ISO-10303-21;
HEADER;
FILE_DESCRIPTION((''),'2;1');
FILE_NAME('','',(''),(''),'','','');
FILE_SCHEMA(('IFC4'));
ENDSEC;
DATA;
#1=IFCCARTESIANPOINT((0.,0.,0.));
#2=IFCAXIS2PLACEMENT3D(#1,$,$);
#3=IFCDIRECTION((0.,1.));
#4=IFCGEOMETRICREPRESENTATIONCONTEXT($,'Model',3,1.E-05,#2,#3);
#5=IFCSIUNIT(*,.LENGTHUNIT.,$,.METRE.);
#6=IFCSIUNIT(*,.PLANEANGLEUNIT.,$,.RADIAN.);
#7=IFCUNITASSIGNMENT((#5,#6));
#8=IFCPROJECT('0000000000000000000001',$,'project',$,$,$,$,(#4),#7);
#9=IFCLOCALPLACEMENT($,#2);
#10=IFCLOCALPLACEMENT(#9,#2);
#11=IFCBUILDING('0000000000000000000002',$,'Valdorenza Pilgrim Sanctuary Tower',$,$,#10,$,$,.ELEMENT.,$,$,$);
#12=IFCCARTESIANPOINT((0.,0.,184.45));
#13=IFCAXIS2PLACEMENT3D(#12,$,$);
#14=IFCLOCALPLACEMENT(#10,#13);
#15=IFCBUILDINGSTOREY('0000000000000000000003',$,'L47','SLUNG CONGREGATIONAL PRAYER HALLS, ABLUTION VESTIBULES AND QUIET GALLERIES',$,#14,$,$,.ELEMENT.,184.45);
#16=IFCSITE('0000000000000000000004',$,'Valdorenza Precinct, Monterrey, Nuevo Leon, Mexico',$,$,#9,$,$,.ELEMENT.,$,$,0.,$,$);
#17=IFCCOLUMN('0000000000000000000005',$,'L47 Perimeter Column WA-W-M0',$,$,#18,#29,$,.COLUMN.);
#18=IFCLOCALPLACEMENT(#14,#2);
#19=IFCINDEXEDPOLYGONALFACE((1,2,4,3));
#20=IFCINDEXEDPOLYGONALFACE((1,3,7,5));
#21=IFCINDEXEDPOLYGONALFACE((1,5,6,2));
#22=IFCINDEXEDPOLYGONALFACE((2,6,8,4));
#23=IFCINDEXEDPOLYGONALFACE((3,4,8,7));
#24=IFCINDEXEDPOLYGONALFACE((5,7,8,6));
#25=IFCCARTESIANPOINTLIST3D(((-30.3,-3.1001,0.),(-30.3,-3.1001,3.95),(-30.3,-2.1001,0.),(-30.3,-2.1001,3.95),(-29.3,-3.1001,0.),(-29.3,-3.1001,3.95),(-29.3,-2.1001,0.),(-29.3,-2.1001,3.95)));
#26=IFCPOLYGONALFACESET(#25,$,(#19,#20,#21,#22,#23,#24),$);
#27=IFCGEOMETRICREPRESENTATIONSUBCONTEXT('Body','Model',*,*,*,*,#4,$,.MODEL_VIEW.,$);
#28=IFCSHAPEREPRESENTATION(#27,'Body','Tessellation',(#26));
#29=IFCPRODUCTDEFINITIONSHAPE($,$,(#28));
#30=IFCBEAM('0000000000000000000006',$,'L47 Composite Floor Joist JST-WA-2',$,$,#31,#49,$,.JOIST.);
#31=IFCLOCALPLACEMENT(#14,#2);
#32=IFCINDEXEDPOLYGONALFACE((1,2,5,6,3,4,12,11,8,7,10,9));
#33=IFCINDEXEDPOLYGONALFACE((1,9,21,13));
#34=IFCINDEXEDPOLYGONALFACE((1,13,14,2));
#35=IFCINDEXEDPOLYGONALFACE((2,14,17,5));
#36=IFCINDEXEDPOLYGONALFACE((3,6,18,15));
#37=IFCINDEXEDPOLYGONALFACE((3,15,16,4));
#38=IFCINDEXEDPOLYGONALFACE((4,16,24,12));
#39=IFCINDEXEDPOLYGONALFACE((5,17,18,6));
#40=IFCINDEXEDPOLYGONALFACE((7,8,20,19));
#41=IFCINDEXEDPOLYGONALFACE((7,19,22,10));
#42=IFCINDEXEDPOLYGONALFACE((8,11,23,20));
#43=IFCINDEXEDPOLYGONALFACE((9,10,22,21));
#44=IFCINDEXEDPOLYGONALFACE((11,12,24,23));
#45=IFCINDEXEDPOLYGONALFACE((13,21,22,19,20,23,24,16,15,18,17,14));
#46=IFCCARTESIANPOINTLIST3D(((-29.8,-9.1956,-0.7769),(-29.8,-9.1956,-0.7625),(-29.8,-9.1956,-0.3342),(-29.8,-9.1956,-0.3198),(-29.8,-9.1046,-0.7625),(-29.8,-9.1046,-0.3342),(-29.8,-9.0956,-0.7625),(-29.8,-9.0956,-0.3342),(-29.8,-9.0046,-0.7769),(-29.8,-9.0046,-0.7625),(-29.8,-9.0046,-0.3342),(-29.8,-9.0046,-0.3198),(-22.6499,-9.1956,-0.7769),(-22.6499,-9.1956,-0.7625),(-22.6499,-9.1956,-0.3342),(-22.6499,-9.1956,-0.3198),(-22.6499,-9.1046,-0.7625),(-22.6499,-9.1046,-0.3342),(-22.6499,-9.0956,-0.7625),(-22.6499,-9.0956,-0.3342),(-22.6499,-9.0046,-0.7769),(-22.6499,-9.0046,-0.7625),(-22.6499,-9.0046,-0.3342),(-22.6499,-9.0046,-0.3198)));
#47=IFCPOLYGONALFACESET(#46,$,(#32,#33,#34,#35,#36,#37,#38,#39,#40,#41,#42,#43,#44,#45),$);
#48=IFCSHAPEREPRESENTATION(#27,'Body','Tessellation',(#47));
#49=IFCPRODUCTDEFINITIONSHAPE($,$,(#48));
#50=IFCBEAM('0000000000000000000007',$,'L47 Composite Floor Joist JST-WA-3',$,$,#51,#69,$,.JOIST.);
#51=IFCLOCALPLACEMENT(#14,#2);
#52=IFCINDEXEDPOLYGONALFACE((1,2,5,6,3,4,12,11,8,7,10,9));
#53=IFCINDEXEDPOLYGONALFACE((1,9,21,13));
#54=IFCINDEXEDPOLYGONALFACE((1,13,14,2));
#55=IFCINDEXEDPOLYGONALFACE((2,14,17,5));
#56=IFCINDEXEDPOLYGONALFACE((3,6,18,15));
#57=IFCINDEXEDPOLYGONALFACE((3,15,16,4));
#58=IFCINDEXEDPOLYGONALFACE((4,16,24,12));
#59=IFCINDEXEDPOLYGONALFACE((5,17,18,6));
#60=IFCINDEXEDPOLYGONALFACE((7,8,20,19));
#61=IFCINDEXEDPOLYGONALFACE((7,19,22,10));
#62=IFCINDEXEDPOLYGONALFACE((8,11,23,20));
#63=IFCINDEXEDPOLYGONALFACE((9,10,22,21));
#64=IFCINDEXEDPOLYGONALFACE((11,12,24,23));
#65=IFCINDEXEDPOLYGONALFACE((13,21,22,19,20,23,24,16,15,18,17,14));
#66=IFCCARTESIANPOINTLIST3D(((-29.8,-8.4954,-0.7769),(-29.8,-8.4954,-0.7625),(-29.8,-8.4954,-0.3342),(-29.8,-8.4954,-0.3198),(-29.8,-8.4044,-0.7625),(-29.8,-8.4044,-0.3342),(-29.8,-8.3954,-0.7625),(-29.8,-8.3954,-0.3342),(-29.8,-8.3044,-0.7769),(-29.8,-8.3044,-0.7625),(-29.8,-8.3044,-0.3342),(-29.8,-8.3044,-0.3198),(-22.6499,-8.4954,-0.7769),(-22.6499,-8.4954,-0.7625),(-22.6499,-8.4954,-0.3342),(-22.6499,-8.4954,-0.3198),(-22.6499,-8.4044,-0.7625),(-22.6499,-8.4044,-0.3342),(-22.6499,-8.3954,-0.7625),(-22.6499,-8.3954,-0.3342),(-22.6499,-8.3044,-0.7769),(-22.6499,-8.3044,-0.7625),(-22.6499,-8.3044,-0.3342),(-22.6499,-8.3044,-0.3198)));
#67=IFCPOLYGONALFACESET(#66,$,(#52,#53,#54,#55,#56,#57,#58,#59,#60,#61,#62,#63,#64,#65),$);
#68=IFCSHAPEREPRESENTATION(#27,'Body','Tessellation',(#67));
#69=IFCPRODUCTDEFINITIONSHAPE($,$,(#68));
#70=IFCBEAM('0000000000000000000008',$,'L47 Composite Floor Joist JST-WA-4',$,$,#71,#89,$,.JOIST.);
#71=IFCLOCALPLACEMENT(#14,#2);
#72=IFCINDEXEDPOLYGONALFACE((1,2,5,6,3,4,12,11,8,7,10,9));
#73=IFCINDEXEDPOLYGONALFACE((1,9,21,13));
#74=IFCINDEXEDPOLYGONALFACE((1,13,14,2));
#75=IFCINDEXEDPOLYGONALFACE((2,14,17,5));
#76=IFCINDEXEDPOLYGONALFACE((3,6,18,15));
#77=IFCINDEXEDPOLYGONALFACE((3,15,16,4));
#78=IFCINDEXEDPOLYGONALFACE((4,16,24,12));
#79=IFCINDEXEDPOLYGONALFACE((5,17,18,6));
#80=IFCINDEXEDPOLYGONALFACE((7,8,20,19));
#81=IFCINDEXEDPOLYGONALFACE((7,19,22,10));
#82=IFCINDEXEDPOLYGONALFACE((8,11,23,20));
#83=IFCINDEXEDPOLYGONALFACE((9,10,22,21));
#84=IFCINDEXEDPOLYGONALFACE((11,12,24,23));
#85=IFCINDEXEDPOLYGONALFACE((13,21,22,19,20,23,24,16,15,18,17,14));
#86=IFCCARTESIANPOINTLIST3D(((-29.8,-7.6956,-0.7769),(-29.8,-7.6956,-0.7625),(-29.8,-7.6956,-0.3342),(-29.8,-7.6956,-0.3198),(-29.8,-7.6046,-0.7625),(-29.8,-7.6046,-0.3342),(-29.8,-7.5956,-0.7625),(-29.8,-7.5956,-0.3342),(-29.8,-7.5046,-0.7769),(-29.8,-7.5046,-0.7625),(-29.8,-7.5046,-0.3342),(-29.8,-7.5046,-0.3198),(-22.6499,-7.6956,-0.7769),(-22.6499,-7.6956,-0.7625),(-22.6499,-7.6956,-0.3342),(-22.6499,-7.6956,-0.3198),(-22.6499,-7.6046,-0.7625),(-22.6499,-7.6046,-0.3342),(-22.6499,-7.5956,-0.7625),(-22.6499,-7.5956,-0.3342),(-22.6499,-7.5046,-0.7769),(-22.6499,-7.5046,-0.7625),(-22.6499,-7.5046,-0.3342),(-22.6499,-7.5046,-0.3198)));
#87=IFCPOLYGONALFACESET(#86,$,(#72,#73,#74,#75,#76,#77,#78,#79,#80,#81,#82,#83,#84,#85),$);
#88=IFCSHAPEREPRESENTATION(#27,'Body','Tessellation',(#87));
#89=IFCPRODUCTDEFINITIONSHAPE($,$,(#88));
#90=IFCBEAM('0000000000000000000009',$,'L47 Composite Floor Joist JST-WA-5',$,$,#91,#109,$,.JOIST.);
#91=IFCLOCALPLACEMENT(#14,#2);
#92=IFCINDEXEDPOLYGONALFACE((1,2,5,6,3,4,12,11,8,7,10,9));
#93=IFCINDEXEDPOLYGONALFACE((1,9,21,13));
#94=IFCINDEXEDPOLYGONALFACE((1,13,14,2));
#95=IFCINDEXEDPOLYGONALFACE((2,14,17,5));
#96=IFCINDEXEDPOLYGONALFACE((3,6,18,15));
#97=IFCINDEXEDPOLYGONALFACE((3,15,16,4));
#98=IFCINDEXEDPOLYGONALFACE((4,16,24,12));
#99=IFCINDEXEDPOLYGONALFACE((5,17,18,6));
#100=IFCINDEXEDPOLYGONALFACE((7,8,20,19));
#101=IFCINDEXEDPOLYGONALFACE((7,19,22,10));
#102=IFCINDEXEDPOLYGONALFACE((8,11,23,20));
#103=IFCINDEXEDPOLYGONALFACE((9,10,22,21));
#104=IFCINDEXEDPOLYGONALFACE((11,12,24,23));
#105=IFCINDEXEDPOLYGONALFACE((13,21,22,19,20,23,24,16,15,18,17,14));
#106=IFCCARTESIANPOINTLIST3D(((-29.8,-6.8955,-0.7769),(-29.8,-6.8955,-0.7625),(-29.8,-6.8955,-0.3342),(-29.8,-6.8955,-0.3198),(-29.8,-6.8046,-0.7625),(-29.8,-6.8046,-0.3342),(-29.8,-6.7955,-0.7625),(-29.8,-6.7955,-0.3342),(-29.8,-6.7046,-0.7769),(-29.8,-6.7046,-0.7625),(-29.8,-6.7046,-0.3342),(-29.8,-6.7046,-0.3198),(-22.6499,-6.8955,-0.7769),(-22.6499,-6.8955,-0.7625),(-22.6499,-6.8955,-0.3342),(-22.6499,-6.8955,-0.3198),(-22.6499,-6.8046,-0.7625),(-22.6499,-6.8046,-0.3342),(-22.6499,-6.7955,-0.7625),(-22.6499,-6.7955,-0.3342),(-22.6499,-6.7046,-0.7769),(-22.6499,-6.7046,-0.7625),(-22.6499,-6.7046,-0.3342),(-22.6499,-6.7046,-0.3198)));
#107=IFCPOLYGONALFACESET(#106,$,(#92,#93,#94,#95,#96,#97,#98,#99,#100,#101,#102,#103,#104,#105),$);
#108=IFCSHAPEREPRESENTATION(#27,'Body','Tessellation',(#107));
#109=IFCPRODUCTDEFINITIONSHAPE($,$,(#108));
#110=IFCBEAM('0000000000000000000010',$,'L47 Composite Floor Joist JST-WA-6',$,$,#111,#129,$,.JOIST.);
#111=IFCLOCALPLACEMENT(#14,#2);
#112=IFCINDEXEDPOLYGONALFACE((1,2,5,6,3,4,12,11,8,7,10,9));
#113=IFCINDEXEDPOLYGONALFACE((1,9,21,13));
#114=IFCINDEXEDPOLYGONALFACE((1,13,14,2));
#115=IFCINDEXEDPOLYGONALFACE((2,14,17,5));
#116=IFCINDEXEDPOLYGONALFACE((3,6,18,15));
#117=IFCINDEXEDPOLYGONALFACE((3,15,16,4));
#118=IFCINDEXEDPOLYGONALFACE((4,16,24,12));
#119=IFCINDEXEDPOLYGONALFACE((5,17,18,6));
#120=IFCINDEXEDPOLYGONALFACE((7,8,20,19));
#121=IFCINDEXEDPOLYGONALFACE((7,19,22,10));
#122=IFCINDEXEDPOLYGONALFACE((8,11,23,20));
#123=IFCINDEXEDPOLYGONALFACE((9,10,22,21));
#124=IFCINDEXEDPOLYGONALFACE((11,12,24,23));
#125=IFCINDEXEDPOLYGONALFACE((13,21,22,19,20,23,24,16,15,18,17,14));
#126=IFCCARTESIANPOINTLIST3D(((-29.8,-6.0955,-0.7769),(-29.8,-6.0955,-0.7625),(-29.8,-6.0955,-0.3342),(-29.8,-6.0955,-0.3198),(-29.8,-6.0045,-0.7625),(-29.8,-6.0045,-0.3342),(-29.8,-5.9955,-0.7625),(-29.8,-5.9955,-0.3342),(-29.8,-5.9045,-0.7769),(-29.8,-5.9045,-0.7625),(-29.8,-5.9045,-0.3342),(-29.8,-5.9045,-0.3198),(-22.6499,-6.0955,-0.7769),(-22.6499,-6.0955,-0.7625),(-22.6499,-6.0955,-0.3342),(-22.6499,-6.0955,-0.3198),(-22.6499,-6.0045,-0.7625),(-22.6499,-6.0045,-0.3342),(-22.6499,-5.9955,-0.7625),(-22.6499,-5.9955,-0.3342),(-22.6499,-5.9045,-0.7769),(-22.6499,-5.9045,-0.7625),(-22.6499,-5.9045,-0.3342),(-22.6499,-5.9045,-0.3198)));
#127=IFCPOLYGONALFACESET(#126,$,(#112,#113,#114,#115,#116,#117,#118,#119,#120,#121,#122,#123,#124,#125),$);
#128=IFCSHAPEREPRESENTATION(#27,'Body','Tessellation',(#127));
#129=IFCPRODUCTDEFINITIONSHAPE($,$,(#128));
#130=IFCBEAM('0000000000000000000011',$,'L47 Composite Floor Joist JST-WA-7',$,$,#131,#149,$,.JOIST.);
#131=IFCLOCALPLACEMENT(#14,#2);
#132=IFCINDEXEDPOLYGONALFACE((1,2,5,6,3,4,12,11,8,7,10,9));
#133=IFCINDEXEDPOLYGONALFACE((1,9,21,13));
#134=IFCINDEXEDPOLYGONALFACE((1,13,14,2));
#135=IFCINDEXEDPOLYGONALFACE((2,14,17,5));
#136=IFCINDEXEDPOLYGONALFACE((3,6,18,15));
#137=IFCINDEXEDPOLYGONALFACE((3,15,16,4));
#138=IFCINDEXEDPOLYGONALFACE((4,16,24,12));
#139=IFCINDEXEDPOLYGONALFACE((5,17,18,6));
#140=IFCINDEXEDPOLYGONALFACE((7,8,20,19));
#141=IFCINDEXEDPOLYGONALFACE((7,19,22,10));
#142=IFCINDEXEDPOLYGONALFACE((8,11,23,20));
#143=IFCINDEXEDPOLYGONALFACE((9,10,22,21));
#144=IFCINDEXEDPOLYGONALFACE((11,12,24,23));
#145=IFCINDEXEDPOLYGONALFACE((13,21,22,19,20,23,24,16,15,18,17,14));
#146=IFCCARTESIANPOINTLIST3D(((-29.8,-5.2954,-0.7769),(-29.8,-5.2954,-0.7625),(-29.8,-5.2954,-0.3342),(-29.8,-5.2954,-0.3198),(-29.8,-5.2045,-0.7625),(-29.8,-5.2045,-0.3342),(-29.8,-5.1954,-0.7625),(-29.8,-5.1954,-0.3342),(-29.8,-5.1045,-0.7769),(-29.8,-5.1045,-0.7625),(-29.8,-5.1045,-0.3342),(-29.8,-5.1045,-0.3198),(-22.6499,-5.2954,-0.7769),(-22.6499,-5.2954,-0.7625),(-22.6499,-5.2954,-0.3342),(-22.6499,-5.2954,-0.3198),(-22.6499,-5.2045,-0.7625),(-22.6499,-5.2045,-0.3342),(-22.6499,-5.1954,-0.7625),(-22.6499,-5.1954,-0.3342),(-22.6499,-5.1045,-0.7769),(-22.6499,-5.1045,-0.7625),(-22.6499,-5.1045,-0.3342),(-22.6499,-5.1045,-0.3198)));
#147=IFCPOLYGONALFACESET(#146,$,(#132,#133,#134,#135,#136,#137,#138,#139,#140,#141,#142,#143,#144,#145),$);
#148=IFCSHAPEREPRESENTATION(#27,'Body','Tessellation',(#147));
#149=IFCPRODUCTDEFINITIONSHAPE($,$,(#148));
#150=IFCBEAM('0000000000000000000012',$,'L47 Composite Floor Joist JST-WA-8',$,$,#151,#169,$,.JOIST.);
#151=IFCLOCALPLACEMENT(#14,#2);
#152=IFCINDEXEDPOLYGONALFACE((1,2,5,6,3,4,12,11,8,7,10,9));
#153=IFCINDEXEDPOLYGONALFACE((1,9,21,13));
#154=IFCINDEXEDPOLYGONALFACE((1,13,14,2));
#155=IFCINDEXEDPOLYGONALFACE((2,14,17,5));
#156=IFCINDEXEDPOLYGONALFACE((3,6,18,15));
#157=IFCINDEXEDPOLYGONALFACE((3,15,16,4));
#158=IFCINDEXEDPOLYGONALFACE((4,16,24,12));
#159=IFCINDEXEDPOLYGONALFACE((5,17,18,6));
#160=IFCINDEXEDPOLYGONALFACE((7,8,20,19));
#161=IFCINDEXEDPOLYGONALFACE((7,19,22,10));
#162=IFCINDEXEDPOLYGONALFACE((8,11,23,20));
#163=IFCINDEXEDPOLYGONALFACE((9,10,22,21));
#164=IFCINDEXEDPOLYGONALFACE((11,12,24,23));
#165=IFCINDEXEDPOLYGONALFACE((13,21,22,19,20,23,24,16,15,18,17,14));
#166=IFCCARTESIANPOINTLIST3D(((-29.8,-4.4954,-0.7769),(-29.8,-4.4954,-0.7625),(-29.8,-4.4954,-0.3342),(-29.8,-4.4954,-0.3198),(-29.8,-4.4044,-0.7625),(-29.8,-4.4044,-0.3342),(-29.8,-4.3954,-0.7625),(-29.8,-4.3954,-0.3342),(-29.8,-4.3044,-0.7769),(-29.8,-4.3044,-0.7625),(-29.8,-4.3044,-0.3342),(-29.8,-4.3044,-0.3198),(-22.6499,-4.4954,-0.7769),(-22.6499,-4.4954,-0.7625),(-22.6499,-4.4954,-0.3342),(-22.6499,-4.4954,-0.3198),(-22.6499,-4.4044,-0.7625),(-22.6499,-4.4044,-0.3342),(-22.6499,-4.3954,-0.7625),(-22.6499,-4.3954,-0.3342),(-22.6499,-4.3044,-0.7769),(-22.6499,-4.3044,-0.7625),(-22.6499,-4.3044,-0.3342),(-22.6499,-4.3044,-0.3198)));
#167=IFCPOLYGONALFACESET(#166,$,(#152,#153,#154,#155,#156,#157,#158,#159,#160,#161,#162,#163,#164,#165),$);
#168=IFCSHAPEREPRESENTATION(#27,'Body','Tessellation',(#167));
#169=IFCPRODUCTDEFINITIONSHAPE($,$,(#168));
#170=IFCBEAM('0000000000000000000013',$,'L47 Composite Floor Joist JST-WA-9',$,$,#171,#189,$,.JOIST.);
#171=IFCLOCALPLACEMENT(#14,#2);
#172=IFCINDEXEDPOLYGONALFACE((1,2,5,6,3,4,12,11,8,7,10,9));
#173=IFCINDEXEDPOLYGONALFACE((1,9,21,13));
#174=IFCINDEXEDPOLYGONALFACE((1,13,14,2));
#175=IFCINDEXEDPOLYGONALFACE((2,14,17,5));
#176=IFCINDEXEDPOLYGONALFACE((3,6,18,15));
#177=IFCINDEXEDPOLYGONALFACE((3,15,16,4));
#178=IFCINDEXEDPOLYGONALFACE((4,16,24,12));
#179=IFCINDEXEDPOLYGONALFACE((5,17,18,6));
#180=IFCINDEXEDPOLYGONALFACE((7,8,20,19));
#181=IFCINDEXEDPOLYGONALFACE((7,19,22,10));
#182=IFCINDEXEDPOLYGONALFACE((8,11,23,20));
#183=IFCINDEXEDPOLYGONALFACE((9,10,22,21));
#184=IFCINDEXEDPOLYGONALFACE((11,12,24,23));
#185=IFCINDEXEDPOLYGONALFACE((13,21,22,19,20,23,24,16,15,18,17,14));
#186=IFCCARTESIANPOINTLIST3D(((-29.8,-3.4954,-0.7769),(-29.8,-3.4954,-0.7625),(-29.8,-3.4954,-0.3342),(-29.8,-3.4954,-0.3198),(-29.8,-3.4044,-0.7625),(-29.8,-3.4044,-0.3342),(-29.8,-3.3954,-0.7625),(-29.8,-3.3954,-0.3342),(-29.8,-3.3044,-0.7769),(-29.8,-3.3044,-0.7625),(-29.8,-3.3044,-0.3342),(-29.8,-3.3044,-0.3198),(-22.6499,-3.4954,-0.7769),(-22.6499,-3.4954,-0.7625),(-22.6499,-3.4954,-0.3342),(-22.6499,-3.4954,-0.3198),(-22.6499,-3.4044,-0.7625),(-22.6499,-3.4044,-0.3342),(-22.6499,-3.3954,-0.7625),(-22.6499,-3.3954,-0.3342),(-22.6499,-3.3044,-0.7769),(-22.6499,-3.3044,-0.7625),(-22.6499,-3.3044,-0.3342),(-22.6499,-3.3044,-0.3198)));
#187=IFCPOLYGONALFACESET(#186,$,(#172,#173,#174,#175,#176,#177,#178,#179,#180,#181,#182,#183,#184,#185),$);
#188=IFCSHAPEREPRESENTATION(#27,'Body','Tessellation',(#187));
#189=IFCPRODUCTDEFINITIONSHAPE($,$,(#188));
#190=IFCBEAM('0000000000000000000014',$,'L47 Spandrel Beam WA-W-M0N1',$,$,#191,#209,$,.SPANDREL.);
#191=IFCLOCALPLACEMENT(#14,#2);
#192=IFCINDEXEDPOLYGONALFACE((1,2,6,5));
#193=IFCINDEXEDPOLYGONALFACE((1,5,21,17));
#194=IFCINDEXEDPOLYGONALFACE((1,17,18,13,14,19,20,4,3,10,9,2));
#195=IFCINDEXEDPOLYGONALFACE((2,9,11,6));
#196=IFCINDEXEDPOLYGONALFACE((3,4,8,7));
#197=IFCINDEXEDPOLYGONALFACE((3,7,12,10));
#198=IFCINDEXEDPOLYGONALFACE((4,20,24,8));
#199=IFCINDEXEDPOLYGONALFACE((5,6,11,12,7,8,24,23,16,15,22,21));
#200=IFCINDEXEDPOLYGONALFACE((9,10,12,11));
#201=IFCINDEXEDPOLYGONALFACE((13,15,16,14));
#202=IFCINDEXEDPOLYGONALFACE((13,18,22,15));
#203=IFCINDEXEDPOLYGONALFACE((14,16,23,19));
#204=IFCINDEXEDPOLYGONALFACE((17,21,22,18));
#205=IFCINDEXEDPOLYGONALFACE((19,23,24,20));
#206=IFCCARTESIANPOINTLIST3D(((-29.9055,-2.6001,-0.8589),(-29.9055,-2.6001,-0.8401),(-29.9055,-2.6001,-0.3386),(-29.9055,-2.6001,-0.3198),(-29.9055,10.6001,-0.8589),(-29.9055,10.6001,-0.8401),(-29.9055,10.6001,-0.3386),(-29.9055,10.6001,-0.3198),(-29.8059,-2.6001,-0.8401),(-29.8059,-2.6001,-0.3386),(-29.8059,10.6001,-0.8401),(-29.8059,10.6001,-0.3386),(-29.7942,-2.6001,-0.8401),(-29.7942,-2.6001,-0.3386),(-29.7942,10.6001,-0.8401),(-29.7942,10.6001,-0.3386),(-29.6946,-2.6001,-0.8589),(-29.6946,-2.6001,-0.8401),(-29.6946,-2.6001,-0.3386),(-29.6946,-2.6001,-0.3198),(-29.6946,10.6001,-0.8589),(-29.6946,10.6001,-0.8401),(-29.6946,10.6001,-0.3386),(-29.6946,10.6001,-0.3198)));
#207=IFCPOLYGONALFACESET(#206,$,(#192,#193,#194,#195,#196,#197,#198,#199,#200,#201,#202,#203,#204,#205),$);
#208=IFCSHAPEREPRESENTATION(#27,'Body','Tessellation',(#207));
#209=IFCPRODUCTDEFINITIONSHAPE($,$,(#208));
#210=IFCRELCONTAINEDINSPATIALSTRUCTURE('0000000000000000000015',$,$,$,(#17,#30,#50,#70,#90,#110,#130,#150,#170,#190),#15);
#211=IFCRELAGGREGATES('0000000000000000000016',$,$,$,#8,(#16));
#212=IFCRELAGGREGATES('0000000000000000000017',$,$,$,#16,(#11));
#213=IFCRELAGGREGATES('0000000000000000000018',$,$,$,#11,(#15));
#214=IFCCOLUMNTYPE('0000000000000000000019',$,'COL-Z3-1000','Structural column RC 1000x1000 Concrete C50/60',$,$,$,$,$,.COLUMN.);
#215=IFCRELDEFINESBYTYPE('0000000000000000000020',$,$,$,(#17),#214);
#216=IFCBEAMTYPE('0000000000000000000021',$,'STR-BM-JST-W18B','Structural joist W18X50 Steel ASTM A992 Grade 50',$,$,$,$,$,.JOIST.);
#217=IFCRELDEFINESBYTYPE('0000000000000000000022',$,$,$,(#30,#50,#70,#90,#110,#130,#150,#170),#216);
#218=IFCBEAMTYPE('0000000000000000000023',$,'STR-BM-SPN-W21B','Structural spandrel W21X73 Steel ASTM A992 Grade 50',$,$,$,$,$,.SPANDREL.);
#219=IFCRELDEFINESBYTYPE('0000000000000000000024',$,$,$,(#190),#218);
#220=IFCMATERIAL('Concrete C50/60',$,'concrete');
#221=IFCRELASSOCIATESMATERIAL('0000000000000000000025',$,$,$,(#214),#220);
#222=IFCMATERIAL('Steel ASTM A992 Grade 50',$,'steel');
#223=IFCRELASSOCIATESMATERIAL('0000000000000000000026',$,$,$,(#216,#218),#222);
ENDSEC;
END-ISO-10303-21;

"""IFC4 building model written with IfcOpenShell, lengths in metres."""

from ifc_helpers import new_model, si_unit, direction, frame, origin, origin_2d, place, context, subcontext, project, spatial, rectangle, i_section, extrude, source, transform, mapped, material, material_profile, profile_set, type_object, element, save


model = new_model("IFC4")

# Units and contexts
model_context = context("Model", 3, precision=1e-05, world=origin(), true_north=direction((0.0, 1.0)))
body_context = subcontext(model_context, "Body", "Model", "MODEL_VIEW")
ifc_project = project(units=[si_unit("LENGTHUNIT", "METRE"), si_unit("PLANEANGLEUNIT", "RADIAN")], contexts=[model_context])

# Site, building, storey
site_placement = place(None, origin())
site = spatial("IfcSite", under=ifc_project, at=site_placement, Name="Valdorenza Precinct, Monterrey, Nuevo Leon, Mexico", CompositionType="ELEMENT", RefElevation=0.0)
building_placement = place(site_placement, origin())
building = spatial("IfcBuilding", under=site, at=building_placement, Name="Valdorenza Pilgrim Sanctuary Tower", CompositionType="ELEMENT")
storey_placement = place(building_placement, frame((0.0, 0.0, 184.45)))
storey = spatial("IfcBuildingStorey", under=building, at=storey_placement, Name="L47", Description="SLUNG CONGREGATIONAL PRAYER HALLS, ABLUTION VESTIBULES AND QUIET GALLERIES", CompositionType="ELEMENT", Elevation=184.45)

# Column
ifc_material_1 = material(Name="Concrete C50/60", Category="concrete")
ifc_material_profile_1 = material_profile(ifc_material_1, rectangle(XDim=1.0, YDim=1.0, at=origin_2d()), Name="RC 1000x1000")
ifc_profile_set_1 = profile_set([ifc_material_profile_1], Name="Concrete C50/60")
column_type = type_object("IfcColumnType", Name="COL-Z3-1000", Description="Structural column RC 1000x1000 Concrete C50/60", PredefinedType="COLUMN", material=ifc_profile_set_1)
shared_shape_1 = source(origin(), body_context, "Body", "SweptSolid", [
    extrude(rectangle(XDim=1.0, YDim=1.0, at=origin_2d()), origin(), (0.0, 0.0, 1.0), 3.95),
])
column_placement = place(storey_placement, frame((-29.8, -2.6001, 0.0), z_axis=(0.0, 0.0, 1.0), x_axis=(1.0, 0.0, 0.0)))
element("IfcColumn", 1, at=column_placement, inside=storey, type_object=column_type, Name="L47 Perimeter Column WA-W-M0", PredefinedType="COLUMN", context=body_context, shape_type="MappedRepresentation", body=[
    mapped(shared_shape_1, transform((0.0, 0.0, 0.0), x_axis=(1.0, 0.0, 0.0), y_axis=(0.0, 1.0, 0.0), z_axis=(0.0, 0.0, 1.0), scale=1.0)),
])

# Beams
ifc_material_2 = material(Name="Steel ASTM A992 Grade 50", Category="steel")
ifc_material_profile_2 = material_profile(ifc_material_2, i_section(OverallWidth=0.1909, OverallDepth=0.457, WebThickness=0.009, FlangeThickness=0.0144, at=origin_2d()), Name="W18X50")
ifc_profile_set_2 = profile_set([ifc_material_profile_2], Name="Steel ASTM A992 Grade 50")
beam_type_1 = type_object("IfcBeamType", Name="STR-BM-JST-W18B", Description="Structural joist W18X50 Steel ASTM A992 Grade 50", PredefinedType="JOIST", material=ifc_profile_set_2)
shared_shape_2 = source(origin(), body_context, "Body", "SweptSolid", [
    extrude(i_section(OverallWidth=0.1909, OverallDepth=0.457, WebThickness=0.009, FlangeThickness=0.0144, at=origin_2d()), origin(), (0.0, 0.0, 1.0), 7.1501),
])
for number, where, z_axis, x_axis, name in (
    (2, (-29.8, -9.1001, -0.5483), (1.0, 0.0, 0.0), (0.0, 1.0, 0.0), "L47 Composite Floor Joist JST-WA-2"),
    (3, (-29.8, -8.3999, -0.5483), (1.0, 0.0, 0.0), (0.0, 1.0, 0.0), "L47 Composite Floor Joist JST-WA-3"),
    (4, (-29.8, -7.6001, -0.5483), (1.0, 0.0, 0.0), (0.0, 1.0, 0.0), "L47 Composite Floor Joist JST-WA-4"),
    (5, (-29.8, -6.8, -0.5483), (1.0, 0.0, 0.0), (0.0, 1.0, 0.0), "L47 Composite Floor Joist JST-WA-5"),
    (6, (-29.8, -6.0, -0.5483), (1.0, 0.0, 0.0), (0.0, 1.0, 0.0), "L47 Composite Floor Joist JST-WA-6"),
    (7, (-29.8, -5.2, -0.5483), (1.0, 0.0, 0.0), (0.0, 1.0, 0.0), "L47 Composite Floor Joist JST-WA-7"),
    (8, (-29.8, -4.3999, -0.5483), (1.0, 0.0, 0.0), (0.0, 1.0, 0.0), "L47 Composite Floor Joist JST-WA-8"),
    (9, (-29.8, -3.3999, -0.5483), (1.0, 0.0, 0.0), (0.0, 1.0, 0.0), "L47 Composite Floor Joist JST-WA-9"),
):
    element("IfcBeam", number, at=place(storey_placement, frame(where, z_axis=z_axis, x_axis=x_axis)), inside=storey, type_object=beam_type_1, Name=name, PredefinedType="JOIST", context=body_context, shape_type="MappedRepresentation", body=[
        mapped(shared_shape_2, transform((0.0, 0.0, 0.0), x_axis=(1.0, 0.0, 0.0), y_axis=(0.0, 1.0, 0.0), z_axis=(0.0, 0.0, 1.0), scale=1.0)),
    ])
ifc_material_profile_3 = material_profile(ifc_material_2, i_section(OverallWidth=0.2109, OverallDepth=0.5391, WebThickness=0.0117, FlangeThickness=0.0188, at=origin_2d()), Name="W21X73")
ifc_profile_set_3 = profile_set([ifc_material_profile_3], Name="Steel ASTM A992 Grade 50")
beam_type_2 = type_object("IfcBeamType", Name="STR-BM-SPN-W21B", Description="Structural spandrel W21X73 Steel ASTM A992 Grade 50", PredefinedType="SPANDREL", material=ifc_profile_set_3)
shared_shape_3 = source(origin(), body_context, "Body", "SweptSolid", [
    extrude(i_section(OverallWidth=0.2109, OverallDepth=0.5391, WebThickness=0.0117, FlangeThickness=0.0188, at=origin_2d()), origin(), (0.0, 0.0, 1.0), 13.2002),
])
beam_1_placement = place(storey_placement, frame((-29.8, -2.6001, -0.5894), z_axis=(0.0, 1.0, 0.0), x_axis=(-1.0, 0.0, 0.0)))
element("IfcBeam", 10, at=beam_1_placement, inside=storey, type_object=beam_type_2, Name="L47 Spandrel Beam WA-W-M0N1", PredefinedType="SPANDREL", context=body_context, shape_type="MappedRepresentation", body=[
    mapped(shared_shape_3, transform((0.0, 0.0, 0.0), x_axis=(1.0, 0.0, 0.0), y_axis=(0.0, 1.0, 0.0), z_axis=(0.0, 0.0, 1.0), scale=1.0)),
])

save(model, "model.ifc")
